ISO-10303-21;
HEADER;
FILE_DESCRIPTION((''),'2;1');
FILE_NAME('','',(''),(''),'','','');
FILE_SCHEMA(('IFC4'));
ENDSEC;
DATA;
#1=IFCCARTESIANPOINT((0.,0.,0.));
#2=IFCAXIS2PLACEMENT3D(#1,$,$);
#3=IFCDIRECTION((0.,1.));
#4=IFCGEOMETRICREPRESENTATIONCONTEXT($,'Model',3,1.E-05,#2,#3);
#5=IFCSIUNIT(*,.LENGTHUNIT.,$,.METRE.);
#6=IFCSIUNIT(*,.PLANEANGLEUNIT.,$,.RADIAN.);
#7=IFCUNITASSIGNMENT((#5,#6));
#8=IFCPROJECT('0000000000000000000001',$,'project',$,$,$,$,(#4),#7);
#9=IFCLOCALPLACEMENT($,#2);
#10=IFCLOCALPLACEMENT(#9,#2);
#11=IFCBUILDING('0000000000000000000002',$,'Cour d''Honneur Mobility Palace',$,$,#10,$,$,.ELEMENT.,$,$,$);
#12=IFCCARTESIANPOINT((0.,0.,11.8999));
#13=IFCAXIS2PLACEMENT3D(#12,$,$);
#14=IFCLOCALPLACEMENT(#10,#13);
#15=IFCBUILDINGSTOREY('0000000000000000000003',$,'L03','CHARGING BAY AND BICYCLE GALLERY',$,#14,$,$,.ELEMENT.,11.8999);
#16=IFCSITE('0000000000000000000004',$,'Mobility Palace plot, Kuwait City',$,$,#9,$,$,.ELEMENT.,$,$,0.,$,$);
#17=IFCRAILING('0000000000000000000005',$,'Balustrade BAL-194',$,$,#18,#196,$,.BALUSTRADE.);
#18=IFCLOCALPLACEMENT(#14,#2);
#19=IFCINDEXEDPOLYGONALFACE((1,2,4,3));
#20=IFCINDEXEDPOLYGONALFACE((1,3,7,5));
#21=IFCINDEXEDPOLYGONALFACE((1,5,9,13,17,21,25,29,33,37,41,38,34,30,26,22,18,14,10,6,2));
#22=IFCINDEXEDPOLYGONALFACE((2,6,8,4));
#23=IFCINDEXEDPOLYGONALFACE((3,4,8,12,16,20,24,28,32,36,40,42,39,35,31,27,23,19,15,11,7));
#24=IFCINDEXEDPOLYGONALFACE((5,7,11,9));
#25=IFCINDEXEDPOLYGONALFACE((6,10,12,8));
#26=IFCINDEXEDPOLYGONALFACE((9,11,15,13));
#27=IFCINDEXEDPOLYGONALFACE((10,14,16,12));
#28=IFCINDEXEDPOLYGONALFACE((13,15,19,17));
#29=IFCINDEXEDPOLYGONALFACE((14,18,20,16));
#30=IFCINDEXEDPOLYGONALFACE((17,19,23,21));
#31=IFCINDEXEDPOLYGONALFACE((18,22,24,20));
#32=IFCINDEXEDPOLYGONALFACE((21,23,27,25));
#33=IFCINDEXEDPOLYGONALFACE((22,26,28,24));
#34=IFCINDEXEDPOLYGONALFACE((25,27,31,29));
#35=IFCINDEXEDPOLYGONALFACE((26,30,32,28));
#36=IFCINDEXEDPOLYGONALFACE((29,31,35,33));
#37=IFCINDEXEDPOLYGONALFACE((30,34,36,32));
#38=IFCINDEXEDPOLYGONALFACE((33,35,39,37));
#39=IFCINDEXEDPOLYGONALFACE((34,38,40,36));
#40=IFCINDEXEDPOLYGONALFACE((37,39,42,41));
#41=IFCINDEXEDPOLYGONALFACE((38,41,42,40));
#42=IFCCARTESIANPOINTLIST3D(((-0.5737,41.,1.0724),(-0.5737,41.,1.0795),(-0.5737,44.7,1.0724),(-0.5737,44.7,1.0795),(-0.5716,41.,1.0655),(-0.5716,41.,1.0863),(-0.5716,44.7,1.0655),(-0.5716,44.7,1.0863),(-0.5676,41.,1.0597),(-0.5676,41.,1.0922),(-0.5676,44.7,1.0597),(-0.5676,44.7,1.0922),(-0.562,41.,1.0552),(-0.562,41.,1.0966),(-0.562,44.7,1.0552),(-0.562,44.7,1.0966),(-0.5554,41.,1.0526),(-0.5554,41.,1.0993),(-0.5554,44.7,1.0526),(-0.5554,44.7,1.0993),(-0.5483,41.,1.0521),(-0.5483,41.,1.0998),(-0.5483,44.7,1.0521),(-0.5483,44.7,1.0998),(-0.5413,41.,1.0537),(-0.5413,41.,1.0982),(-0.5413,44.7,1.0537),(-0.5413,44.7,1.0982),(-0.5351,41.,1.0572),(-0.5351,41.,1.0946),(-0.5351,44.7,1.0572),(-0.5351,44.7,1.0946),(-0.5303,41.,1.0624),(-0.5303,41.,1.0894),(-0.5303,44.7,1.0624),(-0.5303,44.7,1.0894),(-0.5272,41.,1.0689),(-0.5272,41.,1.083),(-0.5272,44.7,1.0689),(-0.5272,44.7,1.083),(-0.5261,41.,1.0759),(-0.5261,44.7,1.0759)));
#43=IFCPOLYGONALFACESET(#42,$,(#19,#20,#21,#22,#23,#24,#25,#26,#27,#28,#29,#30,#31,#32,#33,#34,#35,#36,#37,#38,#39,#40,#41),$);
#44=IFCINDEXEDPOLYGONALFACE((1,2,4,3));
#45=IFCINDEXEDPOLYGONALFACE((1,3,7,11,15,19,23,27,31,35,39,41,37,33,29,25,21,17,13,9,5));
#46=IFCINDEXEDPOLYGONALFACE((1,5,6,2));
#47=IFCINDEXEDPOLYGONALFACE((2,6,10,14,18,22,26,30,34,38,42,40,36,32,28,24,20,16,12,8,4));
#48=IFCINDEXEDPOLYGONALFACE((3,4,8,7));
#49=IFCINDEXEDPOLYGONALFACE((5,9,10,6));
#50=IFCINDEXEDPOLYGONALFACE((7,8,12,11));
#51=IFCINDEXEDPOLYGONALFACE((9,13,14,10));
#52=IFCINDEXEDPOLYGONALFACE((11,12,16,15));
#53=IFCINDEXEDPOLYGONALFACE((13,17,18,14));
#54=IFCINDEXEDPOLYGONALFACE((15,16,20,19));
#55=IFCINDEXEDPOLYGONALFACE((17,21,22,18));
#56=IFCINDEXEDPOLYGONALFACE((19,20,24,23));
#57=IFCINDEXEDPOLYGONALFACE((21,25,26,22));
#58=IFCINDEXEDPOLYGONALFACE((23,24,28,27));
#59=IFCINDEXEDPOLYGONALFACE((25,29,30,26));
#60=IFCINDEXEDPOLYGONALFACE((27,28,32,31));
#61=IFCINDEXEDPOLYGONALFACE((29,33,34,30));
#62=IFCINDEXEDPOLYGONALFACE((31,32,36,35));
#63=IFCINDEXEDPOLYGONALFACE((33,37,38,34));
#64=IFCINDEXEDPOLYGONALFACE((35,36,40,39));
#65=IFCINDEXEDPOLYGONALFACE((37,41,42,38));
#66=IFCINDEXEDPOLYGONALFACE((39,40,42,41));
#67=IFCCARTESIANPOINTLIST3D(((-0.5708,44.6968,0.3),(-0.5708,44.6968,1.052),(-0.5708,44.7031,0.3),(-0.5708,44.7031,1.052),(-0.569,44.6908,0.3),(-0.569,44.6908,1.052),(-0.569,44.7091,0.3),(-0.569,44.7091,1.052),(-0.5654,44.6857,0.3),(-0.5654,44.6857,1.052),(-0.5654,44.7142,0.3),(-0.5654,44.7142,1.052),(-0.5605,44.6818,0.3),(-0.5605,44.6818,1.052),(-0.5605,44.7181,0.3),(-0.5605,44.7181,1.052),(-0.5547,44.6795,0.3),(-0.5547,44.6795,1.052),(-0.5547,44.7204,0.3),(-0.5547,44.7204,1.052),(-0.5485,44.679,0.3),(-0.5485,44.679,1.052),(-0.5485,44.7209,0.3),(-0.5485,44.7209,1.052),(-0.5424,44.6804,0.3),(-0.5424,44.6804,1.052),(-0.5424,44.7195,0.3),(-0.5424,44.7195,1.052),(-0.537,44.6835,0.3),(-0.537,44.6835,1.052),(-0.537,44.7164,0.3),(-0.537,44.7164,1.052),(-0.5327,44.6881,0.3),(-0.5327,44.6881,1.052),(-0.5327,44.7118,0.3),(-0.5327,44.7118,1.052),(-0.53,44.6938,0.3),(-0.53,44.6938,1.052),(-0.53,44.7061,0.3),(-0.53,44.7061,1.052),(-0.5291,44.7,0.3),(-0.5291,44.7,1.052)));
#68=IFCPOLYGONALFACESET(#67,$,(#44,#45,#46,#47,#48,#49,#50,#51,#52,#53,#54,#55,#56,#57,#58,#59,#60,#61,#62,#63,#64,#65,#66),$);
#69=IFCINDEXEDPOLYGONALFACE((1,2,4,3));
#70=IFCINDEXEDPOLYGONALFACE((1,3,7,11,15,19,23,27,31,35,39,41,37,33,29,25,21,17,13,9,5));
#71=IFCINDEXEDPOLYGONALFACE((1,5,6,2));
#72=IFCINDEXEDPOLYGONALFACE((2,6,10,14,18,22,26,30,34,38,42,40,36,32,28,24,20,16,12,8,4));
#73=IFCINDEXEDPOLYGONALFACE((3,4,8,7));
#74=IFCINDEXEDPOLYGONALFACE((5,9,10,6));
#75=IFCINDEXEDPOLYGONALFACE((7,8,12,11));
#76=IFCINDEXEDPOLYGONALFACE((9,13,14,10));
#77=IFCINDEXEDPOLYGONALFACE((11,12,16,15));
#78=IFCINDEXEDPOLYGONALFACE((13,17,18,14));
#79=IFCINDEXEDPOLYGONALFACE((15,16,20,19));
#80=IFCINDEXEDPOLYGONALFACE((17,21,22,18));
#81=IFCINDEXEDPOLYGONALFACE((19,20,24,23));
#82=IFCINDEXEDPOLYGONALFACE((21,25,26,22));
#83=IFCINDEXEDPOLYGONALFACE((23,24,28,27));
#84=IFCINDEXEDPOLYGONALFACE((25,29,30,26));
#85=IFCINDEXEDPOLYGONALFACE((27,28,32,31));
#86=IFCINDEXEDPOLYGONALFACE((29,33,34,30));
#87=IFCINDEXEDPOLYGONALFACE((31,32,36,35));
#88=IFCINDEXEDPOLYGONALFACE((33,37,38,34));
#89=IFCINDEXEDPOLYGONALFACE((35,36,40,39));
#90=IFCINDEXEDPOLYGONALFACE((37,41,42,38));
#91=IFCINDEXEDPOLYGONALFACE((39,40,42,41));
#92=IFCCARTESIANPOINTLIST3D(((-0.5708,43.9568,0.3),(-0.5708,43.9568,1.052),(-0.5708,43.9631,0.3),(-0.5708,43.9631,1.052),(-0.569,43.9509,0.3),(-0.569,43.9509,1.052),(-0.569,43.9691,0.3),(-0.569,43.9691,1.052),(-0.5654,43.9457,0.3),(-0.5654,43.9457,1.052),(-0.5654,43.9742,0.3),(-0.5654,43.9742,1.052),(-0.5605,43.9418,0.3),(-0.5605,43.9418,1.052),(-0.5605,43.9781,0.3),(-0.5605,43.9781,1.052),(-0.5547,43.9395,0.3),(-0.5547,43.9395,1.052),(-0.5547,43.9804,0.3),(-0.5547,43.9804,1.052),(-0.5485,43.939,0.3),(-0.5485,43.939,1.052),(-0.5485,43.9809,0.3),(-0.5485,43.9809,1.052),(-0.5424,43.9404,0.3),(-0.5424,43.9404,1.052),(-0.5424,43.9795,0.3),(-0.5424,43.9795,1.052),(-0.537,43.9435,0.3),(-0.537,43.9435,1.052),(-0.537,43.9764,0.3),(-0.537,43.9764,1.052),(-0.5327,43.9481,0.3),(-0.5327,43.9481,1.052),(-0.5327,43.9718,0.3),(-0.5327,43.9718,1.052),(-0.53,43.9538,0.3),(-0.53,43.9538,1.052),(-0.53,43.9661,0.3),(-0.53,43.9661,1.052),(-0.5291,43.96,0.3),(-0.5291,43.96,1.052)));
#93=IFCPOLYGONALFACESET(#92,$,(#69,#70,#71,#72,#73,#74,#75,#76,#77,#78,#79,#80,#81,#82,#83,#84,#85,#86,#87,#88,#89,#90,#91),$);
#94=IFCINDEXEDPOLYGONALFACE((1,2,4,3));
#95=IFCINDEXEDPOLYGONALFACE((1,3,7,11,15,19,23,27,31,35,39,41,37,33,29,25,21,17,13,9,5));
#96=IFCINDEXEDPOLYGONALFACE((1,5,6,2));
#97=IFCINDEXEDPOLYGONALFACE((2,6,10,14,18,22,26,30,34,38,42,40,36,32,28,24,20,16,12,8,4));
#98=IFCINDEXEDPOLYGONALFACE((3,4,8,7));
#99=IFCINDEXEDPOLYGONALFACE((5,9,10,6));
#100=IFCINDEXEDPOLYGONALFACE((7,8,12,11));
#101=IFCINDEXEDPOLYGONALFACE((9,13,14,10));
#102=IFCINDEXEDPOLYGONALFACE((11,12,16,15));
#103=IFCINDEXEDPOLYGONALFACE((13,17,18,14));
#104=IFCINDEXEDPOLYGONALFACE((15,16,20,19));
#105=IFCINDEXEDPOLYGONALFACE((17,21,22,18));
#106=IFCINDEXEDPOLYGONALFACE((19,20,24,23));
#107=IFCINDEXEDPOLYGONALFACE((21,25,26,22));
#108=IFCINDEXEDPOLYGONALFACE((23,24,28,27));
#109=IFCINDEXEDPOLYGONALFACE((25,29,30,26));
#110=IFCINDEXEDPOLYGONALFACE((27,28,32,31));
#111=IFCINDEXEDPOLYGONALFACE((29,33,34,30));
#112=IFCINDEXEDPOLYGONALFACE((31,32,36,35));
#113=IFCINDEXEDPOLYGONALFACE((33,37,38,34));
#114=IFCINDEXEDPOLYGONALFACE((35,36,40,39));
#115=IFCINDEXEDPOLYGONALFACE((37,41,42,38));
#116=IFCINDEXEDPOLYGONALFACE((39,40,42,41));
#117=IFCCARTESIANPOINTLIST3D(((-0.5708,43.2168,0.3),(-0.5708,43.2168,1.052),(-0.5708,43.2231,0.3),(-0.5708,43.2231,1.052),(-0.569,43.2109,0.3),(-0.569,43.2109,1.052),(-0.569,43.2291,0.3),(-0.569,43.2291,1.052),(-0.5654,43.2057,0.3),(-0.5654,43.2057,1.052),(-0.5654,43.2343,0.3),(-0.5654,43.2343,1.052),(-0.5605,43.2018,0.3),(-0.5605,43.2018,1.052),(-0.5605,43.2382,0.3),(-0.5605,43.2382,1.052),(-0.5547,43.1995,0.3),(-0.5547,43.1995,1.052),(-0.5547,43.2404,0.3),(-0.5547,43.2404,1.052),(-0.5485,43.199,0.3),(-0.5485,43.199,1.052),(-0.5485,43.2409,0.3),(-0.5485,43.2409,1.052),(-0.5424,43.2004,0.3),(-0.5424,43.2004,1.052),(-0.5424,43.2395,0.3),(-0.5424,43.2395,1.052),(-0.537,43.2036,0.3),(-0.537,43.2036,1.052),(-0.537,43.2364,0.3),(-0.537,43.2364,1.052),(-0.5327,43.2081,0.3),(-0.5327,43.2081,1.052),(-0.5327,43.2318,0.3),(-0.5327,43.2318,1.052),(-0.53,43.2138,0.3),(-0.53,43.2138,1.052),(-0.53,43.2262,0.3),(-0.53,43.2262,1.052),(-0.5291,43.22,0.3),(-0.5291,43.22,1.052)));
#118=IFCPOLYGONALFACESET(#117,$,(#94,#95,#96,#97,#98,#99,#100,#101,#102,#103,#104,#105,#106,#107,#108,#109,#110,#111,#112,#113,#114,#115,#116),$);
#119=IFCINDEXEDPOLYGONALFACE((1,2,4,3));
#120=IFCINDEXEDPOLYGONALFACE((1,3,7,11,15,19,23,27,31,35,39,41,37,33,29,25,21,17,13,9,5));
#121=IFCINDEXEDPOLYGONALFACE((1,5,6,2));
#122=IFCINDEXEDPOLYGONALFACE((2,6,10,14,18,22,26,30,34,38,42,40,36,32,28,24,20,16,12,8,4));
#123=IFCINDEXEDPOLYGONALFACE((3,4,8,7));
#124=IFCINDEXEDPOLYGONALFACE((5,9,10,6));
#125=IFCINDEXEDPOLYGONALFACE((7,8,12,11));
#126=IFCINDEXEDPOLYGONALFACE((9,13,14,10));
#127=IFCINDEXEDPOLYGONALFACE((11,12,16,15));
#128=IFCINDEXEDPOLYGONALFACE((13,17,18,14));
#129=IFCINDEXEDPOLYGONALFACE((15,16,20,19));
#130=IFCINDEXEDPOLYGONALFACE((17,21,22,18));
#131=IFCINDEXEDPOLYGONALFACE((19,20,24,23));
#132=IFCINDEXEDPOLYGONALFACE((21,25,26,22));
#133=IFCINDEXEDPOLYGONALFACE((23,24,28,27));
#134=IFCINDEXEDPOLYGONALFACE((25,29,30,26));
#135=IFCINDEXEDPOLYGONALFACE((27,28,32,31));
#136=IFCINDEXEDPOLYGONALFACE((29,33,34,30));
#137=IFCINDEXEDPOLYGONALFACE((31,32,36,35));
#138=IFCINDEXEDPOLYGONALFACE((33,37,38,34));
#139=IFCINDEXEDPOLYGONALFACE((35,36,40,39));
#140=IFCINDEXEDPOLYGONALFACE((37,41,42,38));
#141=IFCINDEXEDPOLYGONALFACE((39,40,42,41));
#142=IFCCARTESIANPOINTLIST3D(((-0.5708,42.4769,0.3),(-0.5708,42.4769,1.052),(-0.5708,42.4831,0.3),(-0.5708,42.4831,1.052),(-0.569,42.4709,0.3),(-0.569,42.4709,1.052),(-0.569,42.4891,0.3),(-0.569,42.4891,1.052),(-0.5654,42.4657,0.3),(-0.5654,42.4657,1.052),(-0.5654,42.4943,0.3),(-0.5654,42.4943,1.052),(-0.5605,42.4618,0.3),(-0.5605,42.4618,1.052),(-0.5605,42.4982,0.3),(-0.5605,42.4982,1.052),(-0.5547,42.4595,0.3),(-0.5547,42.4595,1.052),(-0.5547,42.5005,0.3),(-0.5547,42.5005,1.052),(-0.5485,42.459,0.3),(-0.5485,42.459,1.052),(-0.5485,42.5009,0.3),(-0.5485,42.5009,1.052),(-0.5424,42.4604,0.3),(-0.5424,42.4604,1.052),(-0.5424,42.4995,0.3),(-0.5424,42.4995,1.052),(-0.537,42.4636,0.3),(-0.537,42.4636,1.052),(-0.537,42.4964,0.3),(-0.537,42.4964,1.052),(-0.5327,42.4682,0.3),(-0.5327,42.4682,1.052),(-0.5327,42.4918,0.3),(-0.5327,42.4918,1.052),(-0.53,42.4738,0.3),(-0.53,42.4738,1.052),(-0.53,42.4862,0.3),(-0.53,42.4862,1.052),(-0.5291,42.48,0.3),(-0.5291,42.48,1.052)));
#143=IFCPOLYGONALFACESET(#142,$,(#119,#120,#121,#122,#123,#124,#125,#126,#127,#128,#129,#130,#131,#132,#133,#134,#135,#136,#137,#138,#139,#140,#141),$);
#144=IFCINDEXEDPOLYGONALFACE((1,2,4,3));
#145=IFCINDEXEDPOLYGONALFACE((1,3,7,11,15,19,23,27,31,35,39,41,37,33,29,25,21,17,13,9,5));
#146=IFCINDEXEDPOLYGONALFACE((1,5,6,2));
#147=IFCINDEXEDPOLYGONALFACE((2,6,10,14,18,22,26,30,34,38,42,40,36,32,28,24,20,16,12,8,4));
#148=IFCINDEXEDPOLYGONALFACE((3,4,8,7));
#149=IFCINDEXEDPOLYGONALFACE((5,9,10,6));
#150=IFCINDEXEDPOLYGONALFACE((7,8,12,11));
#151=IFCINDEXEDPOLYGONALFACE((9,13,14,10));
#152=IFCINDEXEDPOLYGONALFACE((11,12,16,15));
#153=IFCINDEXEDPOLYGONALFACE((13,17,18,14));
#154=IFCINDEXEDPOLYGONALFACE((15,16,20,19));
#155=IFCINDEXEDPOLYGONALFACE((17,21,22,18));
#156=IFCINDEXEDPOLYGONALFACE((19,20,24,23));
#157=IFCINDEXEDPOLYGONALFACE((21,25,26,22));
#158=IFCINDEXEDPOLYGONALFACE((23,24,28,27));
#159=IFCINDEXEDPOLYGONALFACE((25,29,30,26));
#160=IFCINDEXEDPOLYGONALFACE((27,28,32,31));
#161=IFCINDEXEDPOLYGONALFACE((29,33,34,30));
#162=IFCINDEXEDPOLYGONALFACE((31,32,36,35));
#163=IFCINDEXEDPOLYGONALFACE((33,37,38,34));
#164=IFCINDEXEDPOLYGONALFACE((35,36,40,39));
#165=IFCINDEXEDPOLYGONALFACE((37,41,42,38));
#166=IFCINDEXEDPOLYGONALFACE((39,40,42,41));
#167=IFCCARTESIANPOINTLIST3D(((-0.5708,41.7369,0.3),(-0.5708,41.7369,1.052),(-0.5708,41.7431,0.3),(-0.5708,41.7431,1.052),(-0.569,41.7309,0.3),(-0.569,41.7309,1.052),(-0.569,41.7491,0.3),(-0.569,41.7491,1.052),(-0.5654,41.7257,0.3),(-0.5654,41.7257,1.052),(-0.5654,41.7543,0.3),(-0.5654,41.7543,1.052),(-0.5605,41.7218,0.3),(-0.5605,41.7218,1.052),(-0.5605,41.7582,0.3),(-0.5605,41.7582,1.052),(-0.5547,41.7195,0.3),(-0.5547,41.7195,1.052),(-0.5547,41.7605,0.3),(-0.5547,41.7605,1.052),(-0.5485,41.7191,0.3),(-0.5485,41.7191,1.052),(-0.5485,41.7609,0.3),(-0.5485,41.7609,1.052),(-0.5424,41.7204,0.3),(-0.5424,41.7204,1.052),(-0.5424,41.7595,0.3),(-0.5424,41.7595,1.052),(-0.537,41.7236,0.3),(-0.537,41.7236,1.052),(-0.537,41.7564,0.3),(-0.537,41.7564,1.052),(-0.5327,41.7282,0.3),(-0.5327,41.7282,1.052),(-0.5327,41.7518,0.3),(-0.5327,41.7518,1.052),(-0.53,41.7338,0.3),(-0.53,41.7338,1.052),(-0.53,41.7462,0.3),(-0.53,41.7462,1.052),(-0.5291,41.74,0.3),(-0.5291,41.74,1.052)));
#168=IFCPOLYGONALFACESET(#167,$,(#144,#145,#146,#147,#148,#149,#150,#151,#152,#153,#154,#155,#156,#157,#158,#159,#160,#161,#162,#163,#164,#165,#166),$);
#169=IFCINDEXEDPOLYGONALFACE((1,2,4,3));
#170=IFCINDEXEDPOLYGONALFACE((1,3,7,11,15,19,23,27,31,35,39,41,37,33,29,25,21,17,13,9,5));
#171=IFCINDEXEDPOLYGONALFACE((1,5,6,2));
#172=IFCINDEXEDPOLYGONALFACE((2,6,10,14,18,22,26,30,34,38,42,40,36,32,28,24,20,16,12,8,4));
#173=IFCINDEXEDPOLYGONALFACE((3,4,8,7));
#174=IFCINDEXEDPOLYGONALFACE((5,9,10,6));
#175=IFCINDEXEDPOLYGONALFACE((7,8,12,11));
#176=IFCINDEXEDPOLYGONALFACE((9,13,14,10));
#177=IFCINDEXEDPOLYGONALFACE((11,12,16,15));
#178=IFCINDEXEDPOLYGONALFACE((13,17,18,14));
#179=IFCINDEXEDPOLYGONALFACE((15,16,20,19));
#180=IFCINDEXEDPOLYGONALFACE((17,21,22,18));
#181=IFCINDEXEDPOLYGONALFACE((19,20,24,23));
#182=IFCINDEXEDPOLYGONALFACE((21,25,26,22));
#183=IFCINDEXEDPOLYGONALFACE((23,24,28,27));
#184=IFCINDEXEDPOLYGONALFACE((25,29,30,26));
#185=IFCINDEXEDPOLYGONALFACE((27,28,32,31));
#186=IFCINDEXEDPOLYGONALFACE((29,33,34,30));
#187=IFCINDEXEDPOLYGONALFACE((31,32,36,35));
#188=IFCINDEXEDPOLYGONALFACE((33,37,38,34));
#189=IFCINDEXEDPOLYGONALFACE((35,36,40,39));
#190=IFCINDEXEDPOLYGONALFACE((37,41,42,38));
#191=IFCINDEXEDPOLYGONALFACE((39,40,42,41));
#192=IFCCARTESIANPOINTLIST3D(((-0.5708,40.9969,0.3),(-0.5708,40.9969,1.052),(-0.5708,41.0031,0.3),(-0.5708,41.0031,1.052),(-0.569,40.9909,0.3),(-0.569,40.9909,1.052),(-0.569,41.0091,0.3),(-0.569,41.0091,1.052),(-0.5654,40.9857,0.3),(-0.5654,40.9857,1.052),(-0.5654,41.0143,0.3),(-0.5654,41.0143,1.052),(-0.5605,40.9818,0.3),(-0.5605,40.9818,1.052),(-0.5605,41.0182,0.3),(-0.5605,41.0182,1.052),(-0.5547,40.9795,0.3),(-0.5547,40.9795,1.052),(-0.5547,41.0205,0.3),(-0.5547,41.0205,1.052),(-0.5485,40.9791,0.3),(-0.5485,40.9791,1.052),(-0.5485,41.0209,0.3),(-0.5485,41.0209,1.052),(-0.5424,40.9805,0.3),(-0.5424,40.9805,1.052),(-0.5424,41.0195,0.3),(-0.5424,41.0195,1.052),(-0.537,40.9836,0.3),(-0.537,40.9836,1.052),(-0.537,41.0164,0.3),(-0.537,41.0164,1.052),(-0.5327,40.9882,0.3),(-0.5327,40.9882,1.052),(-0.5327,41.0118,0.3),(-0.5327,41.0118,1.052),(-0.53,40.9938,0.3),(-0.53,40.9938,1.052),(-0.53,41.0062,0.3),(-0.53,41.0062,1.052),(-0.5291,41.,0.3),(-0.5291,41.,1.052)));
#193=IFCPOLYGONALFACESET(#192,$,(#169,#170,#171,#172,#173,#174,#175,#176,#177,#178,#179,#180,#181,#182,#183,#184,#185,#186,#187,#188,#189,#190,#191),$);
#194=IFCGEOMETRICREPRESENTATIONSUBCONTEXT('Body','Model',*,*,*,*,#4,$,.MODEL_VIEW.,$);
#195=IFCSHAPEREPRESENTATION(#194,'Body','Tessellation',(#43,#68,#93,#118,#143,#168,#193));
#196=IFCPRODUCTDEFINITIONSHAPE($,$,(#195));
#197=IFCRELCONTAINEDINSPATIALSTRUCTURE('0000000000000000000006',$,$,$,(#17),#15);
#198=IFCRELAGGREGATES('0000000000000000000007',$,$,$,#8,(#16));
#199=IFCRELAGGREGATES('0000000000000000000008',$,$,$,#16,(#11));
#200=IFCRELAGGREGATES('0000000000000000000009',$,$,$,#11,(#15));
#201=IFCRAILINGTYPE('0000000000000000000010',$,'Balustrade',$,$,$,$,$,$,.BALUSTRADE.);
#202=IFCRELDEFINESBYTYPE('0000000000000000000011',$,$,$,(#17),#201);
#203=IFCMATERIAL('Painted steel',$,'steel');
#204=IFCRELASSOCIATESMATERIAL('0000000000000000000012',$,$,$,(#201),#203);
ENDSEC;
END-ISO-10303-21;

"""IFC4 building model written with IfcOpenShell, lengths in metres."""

from ifc_helpers import new_model, si_unit, direction, frame, origin, origin_2d, place, context, subcontext, project, spatial, circle, extrude, material, type_object, element, save


model = new_model("IFC4")

# Units and contexts
model_context = context("Model", 3, precision=1e-05, world=origin(), true_north=direction((0.0, 1.0)))
body_context = subcontext(model_context, "Body", "Model", "MODEL_VIEW")
ifc_project = project(units=[si_unit("LENGTHUNIT", "METRE"), si_unit("PLANEANGLEUNIT", "RADIAN")], contexts=[model_context])

# Site, building, storey
site_placement = place(None, origin())
site = spatial("IfcSite", under=ifc_project, at=site_placement, Name="Mobility Palace plot, Kuwait City", CompositionType="ELEMENT", RefElevation=0.0)
building_placement = place(site_placement, origin())
building = spatial("IfcBuilding", under=site, at=building_placement, Name="Cour d'Honneur Mobility Palace", CompositionType="ELEMENT")
storey_placement = place(building_placement, frame((0.0, 0.0, 11.8999)))
storey = spatial("IfcBuildingStorey", under=building, at=storey_placement, Name="L03", Description="CHARGING BAY AND BICYCLE GALLERY", CompositionType="ELEMENT", Elevation=11.8999)

# Railing
ifc_material_1 = material(Name="Painted steel", Category="steel")
railing_type_1 = type_object("IfcRailingType", Name="Balustrade", PredefinedType="BALUSTRADE", material=ifc_material_1)
railing_1_placement = place(storey_placement, frame((-0.55, 44.7, 0.3)))
element("IfcRailing", 1, at=railing_1_placement, inside=storey, type_object=railing_type_1, Name="Balustrade BAL-194", PredefinedType="BALUSTRADE", context=body_context, shape_type="SweptSolid", body=[
    extrude(circle(Radius=0.0239, at=origin_2d()), frame((0.0, 0.0, 0.7759), z_axis=(0.0, -1.0, 0.0), x_axis=(1.0, 0.0, 0.0)), (0.0, 0.0, 1.0), 3.7),
    extrude(circle(Radius=0.021, at=origin_2d()), origin(), (0.0, 0.0, 1.0), 0.752),
    extrude(circle(Radius=0.021, at=origin_2d()), frame((0.0, -0.74, 0.0)), (0.0, 0.0, 1.0), 0.752),
    extrude(circle(Radius=0.021, at=origin_2d()), frame((0.0, -1.48, 0.0)), (0.0, 0.0, 1.0), 0.752),
    extrude(circle(Radius=0.021, at=origin_2d()), frame((0.0, -2.22, 0.0)), (0.0, 0.0, 1.0), 0.752),
    extrude(circle(Radius=0.021, at=origin_2d()), frame((0.0, -2.96, 0.0)), (0.0, 0.0, 1.0), 0.752),
    extrude(circle(Radius=0.021, at=origin_2d()), frame((0.0, -3.7, 0.0)), (0.0, 0.0, 1.0), 0.752),
])

save(model, "model.ifc")
